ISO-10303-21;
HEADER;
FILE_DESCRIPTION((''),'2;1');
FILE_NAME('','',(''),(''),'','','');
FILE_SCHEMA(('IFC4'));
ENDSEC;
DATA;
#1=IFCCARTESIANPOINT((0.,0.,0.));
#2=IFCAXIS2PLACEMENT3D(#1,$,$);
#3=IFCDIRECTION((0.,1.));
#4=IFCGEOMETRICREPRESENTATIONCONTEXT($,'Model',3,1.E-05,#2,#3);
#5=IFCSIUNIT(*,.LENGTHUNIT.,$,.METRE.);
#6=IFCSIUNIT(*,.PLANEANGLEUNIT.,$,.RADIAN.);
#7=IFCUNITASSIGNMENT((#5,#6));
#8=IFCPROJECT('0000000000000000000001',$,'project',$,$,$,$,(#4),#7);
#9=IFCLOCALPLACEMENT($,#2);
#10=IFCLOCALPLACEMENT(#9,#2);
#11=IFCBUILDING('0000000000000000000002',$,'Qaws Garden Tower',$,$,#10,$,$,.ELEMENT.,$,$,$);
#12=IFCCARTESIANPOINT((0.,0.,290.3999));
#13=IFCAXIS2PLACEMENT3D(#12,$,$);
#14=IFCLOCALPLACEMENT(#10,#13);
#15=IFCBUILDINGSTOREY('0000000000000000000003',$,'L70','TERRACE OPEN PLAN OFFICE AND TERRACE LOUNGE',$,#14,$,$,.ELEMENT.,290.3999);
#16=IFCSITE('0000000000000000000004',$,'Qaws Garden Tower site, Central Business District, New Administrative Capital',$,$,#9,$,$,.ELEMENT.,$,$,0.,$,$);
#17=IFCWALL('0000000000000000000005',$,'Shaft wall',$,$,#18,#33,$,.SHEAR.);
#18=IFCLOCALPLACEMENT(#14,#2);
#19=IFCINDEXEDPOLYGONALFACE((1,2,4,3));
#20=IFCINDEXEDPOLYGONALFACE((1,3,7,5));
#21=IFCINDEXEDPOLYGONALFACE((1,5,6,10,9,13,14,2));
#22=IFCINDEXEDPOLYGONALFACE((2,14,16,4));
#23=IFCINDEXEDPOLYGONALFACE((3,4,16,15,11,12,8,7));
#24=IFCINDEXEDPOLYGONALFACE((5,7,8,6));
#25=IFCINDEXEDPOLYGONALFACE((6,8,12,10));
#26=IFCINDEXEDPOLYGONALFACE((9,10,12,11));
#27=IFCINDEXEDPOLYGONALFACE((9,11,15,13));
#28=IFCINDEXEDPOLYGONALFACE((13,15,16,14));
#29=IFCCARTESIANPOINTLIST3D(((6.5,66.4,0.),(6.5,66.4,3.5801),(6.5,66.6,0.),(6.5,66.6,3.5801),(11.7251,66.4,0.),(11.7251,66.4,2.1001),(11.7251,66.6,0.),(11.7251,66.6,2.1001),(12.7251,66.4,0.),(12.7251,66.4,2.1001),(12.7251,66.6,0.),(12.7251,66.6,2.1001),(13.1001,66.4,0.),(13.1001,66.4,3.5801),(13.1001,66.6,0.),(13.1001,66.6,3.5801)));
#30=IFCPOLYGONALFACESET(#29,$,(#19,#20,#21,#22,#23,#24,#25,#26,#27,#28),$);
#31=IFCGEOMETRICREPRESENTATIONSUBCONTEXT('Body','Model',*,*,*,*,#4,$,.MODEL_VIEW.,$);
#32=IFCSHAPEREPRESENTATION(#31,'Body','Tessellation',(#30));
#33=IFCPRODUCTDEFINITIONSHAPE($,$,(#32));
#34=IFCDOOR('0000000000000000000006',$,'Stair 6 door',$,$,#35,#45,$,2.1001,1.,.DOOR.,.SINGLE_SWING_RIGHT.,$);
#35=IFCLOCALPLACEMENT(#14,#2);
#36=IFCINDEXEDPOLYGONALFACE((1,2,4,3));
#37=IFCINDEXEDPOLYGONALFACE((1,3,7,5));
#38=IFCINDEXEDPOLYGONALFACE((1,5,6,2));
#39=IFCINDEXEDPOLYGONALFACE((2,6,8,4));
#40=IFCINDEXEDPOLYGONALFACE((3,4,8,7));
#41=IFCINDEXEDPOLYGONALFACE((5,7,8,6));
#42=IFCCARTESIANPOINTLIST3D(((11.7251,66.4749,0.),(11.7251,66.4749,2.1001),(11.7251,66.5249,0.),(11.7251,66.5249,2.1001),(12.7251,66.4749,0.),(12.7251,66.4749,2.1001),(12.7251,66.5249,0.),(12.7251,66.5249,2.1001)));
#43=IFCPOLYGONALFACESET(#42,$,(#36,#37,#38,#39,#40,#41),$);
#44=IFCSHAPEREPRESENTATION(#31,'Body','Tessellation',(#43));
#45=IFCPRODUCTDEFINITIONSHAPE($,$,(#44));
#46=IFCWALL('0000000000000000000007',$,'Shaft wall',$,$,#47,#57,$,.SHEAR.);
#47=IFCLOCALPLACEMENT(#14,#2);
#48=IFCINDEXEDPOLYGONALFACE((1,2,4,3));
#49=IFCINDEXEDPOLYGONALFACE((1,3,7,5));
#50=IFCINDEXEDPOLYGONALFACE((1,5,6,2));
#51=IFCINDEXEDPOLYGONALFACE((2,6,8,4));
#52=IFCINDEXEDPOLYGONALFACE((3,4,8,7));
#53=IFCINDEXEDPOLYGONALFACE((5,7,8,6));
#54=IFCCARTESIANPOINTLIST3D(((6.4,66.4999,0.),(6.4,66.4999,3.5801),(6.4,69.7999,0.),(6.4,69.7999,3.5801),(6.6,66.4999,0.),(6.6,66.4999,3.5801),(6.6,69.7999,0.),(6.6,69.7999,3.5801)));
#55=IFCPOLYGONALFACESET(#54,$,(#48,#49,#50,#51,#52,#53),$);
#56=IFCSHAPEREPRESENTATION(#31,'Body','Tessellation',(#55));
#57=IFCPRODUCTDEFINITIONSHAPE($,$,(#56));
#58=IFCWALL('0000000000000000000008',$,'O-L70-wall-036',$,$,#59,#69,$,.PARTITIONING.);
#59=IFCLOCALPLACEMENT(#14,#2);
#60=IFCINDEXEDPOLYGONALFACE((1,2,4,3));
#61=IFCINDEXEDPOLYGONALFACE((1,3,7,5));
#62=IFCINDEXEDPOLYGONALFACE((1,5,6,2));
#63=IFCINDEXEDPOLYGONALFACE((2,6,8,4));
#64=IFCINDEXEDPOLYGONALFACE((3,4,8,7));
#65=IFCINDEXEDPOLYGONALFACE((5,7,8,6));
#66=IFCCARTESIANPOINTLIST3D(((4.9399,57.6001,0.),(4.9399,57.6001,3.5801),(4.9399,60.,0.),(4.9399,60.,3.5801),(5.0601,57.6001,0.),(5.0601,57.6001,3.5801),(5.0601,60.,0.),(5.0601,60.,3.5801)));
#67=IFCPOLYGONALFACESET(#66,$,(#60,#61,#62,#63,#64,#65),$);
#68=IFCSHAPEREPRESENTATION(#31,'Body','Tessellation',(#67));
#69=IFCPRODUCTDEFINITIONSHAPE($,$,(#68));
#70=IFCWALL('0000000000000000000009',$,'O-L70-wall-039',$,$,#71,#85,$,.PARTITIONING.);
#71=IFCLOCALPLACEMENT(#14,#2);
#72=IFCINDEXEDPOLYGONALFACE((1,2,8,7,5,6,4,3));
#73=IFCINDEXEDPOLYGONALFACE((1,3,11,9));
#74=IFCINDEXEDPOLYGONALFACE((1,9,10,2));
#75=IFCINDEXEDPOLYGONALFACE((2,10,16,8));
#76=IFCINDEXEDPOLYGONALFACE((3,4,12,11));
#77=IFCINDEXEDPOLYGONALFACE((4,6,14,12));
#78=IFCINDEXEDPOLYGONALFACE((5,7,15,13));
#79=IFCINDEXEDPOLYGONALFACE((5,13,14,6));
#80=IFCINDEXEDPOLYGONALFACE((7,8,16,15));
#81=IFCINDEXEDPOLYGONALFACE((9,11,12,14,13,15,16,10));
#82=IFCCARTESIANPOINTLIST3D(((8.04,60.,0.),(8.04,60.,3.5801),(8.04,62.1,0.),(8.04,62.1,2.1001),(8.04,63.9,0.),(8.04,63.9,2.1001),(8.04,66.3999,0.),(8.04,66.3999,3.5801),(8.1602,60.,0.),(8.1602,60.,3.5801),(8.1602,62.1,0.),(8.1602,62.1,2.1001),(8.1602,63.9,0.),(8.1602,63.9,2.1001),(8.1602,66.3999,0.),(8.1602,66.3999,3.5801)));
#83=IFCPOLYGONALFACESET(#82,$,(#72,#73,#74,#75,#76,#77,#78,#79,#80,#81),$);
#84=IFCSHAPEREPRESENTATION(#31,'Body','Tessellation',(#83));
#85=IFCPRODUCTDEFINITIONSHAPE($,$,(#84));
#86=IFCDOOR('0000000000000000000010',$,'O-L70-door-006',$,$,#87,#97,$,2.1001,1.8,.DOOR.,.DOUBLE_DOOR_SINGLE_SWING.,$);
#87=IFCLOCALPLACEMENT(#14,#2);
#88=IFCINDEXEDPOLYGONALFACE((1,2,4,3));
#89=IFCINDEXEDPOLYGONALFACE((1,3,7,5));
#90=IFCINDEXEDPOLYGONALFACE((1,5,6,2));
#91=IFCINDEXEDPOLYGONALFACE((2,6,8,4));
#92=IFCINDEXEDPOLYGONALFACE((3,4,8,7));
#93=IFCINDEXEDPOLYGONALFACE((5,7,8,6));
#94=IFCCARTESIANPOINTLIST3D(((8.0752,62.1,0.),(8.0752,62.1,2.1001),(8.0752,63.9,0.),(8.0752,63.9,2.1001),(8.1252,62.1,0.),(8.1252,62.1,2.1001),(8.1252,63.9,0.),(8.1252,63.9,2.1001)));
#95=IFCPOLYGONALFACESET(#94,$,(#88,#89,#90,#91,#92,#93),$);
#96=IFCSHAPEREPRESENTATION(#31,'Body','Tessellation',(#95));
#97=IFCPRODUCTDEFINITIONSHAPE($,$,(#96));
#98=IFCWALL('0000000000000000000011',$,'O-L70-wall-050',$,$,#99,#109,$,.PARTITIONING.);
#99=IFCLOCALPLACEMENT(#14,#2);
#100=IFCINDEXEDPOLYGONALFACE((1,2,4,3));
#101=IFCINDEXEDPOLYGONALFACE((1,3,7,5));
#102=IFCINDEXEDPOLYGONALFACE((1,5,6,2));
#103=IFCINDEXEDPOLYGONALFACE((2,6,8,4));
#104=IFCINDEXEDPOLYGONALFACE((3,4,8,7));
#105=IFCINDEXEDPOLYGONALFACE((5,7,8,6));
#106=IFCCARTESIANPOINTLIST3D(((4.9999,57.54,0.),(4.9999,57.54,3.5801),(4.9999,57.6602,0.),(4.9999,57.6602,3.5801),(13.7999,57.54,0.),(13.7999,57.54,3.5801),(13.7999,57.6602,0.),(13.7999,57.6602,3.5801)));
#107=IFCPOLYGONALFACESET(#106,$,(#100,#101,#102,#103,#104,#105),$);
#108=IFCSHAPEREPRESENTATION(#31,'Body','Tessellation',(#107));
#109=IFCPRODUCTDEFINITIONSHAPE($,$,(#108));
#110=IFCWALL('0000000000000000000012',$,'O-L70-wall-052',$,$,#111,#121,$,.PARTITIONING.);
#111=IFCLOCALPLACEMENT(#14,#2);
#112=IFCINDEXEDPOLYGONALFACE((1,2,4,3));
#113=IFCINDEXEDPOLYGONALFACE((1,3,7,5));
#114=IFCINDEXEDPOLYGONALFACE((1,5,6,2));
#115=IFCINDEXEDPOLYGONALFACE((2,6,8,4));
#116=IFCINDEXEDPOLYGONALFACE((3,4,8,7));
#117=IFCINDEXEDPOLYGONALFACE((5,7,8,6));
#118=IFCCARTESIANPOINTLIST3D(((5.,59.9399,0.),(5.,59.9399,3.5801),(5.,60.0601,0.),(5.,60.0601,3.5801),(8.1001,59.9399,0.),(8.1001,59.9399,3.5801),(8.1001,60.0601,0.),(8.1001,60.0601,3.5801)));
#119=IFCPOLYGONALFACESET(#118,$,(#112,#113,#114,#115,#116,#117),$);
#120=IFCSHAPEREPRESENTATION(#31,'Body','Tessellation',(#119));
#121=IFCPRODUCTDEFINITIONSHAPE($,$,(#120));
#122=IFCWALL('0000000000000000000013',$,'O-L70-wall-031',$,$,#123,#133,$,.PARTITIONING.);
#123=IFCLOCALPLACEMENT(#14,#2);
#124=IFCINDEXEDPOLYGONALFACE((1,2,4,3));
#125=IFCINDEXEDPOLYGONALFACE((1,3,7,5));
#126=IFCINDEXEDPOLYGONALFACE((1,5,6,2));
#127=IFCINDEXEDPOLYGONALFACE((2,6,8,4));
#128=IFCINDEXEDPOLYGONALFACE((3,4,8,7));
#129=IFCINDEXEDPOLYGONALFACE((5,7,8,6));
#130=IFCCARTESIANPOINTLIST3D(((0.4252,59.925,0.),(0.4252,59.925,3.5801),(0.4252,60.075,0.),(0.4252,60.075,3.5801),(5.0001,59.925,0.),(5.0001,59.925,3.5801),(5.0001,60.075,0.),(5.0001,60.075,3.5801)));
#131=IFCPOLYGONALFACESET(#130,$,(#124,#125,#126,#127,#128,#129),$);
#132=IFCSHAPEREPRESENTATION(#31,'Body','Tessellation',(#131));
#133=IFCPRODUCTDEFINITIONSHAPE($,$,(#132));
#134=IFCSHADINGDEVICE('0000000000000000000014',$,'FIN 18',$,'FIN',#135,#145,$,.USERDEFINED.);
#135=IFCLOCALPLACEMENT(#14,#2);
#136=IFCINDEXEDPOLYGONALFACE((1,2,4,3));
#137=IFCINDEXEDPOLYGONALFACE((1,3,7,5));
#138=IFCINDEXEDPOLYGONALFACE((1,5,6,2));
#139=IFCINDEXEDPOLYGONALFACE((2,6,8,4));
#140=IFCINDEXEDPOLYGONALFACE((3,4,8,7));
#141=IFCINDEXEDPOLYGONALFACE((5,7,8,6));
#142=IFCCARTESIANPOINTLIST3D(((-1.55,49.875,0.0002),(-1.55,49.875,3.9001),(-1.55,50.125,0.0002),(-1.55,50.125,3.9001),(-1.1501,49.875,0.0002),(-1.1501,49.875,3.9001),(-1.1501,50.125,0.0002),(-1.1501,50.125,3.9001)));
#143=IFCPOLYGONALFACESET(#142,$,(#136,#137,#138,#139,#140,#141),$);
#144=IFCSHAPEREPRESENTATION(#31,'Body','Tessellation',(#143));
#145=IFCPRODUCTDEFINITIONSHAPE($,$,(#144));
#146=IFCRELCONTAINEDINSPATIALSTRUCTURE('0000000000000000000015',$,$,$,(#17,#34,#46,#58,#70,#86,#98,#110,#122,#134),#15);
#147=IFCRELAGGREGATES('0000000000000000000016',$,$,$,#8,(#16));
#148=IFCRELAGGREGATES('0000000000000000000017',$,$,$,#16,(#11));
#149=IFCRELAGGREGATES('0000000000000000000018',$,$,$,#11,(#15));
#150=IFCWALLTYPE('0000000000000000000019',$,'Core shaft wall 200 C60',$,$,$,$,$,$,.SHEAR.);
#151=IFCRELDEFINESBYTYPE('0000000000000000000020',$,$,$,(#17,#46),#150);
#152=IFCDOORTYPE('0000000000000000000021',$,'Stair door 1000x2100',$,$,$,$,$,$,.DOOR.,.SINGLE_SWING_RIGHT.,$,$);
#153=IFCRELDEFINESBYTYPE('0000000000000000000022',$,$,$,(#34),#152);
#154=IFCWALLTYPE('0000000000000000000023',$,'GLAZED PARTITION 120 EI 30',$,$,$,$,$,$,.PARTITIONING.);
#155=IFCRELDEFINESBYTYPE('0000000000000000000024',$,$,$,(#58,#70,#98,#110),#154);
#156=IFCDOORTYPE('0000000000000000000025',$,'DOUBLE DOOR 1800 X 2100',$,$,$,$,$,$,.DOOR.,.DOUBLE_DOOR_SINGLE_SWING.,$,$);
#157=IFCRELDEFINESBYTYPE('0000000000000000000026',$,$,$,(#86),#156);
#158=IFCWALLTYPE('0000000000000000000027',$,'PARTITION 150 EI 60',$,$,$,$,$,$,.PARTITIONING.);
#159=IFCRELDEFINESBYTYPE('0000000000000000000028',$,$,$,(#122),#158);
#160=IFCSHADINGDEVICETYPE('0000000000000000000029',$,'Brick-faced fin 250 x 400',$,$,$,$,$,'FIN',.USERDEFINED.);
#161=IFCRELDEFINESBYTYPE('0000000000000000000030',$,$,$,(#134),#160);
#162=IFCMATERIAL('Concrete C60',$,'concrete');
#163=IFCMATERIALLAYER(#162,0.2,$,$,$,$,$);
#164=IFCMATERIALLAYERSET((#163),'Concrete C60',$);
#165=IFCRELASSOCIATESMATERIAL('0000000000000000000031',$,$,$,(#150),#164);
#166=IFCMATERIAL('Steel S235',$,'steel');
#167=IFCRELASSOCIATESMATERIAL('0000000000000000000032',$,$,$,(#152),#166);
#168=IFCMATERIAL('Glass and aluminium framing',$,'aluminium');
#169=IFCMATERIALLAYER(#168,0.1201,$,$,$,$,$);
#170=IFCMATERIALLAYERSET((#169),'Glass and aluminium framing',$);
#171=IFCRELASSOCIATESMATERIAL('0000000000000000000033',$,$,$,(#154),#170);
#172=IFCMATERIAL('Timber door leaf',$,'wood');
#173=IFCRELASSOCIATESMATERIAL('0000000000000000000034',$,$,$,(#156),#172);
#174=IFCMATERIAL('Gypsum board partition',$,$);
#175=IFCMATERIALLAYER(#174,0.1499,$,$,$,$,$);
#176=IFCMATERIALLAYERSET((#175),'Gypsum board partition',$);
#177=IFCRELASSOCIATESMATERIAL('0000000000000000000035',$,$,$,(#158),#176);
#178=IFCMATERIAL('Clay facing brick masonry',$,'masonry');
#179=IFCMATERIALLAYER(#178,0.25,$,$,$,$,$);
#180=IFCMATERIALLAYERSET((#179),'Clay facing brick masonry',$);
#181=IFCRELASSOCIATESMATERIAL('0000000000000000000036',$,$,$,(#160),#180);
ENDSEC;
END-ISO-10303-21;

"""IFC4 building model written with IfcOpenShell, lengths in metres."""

from ifc_helpers import new_model, si_unit, direction, frame, frame_2d, origin, origin_2d, place, context, subcontext, project, spatial, rectangle, extrude, material, layer, layer_set, type_object, element, fill, save


model = new_model("IFC4")

# Units and contexts
model_context = context("Model", 3, precision=1e-05, world=origin(), true_north=direction((0.0, 1.0)))
body_context = subcontext(model_context, "Body", "Model", "MODEL_VIEW")
ifc_project = project(units=[si_unit("LENGTHUNIT", "METRE"), si_unit("PLANEANGLEUNIT", "RADIAN")], contexts=[model_context])

# Site, building, storey
site_placement = place(None, origin())
site = spatial("IfcSite", under=ifc_project, at=site_placement, Name="Qaws Garden Tower site, Central Business District, New Administrative Capital", CompositionType="ELEMENT", RefElevation=0.0)
building_placement = place(site_placement, origin())
building = spatial("IfcBuilding", under=site, at=building_placement, Name="Qaws Garden Tower", CompositionType="ELEMENT")
storey_placement = place(building_placement, frame((0.0, 0.0, 290.3999)))
storey = spatial("IfcBuildingStorey", under=building, at=storey_placement, Name="L70", Description="TERRACE OPEN PLAN OFFICE AND TERRACE LOUNGE", CompositionType="ELEMENT", Elevation=290.3999)

# Wall, opening, door
ifc_material_1 = material(Name="Concrete C60", Category="concrete")
ifc_layer_1 = layer(ifc_material_1, 0.2)
ifc_layer_set_1 = layer_set([ifc_layer_1], Name="Concrete C60")
wall_type_1 = type_object("IfcWallType", Name="Core shaft wall 200 C60", PredefinedType="SHEAR", material=ifc_layer_set_1)
wall_1_placement = place(storey_placement, frame((6.5, 66.5, 0.0), z_axis=(0.0, 0.0, 1.0), x_axis=(1.0, 0.0, 0.0)))
wall_1 = element("IfcWall", 1, at=wall_1_placement, inside=storey, type_object=wall_type_1, Name="Shaft wall", PredefinedType="SHEAR", context=body_context, shape_type="SweptSolid", body=[
    extrude(rectangle(XDim=6.6001, YDim=0.2, at=frame_2d((3.3, 0.0))), origin(), (0.0, 0.0, 1.0), 3.5801),
])
opening_1_placement = place(wall_1_placement, frame((5.2251, 0.0, 0.0)))
opening_1 = element("IfcOpeningElement", 2, at=opening_1_placement, cuts=wall_1, PredefinedType="OPENING", context=body_context, shape_type="SweptSolid", body=[
    extrude(rectangle(XDim=1.0, YDim=2.1001, at=frame_2d((0.5, 1.05))), frame((0.0, 0.1099, 0.0), z_axis=(0.0, -1.0, 0.0), x_axis=(1.0, 0.0, 0.0)), (0.0, 0.0, 1.0), 0.22),
])
ifc_material_2 = material(Name="Steel S235", Category="steel")
door_type_1 = type_object("IfcDoorType", Name="Stair door 1000x2100", OperationType="SINGLE_SWING_RIGHT", PredefinedType="DOOR", material=ifc_material_2)
door_1_placement = place(opening_1_placement, origin())
door_1 = element("IfcDoor", 3, at=door_1_placement, inside=storey, type_object=door_type_1, Name="Stair 6 door", OperationType="SINGLE_SWING_RIGHT", OverallHeight=2.1001, OverallWidth=1.0, PredefinedType="DOOR", context=body_context, shape_type="SweptSolid", body=[
    extrude(rectangle(XDim=1.0, YDim=2.1001, at=frame_2d((0.5, 1.05))), frame((0.0, 0.0249, 0.0), z_axis=(0.0, -1.0, 0.0), x_axis=(1.0, 0.0, 0.0)), (0.0, 0.0, 1.0), 0.05),
])
fill(opening_1, door_1)

# Walls
wall_2_placement = place(storey_placement, frame((6.5, 66.5, 0.0), z_axis=(0.0, 0.0, 1.0), x_axis=(0.0, 1.0, 0.0)))
element("IfcWall", 4, at=wall_2_placement, inside=storey, type_object=wall_type_1, Name="Shaft wall", PredefinedType="SHEAR", context=body_context, shape_type="SweptSolid", body=[
    extrude(rectangle(XDim=3.3, YDim=0.2, at=frame_2d((1.6499, 0.0))), origin(), (0.0, 0.0, 1.0), 3.5801),
])
ifc_material_3 = material(Name="Glass and aluminium framing", Category="aluminium")
ifc_layer_2 = layer(ifc_material_3, 0.1201)
ifc_layer_set_2 = layer_set([ifc_layer_2], Name="Glass and aluminium framing")
wall_type_2 = type_object("IfcWallType", Name="GLAZED PARTITION 120 EI 30", PredefinedType="PARTITIONING", material=ifc_layer_set_2)
wall_3_placement = place(storey_placement, frame((5.0, 57.6001, 0.0), z_axis=(0.0, 0.0, 1.0), x_axis=(0.0, 1.0, 0.0)))
element("IfcWall", 5, at=wall_3_placement, inside=storey, type_object=wall_type_2, Name="O-L70-wall-036", PredefinedType="PARTITIONING", context=body_context, shape_type="SweptSolid", body=[
    extrude(rectangle(XDim=2.3999, YDim=0.1201, at=frame_2d((1.2, 0.0))), origin(), (0.0, 0.0, 1.0), 3.5801),
])

# Wall, opening, door
wall_4_placement = place(storey_placement, frame((8.1001, 60.0, 0.0), z_axis=(0.0, 0.0, 1.0), x_axis=(0.0, 1.0, 0.0)))
wall_4 = element("IfcWall", 6, at=wall_4_placement, inside=storey, type_object=wall_type_2, Name="O-L70-wall-039", PredefinedType="PARTITIONING", context=body_context, shape_type="SweptSolid", body=[
    extrude(rectangle(XDim=6.3999, YDim=0.1201, at=frame_2d((3.2, 0.0))), origin(), (0.0, 0.0, 1.0), 3.5801),
])
opening_2_placement = place(wall_4_placement, frame((2.1001, 0.0, 0.0)))
opening_2 = element("IfcOpeningElement", 7, at=opening_2_placement, cuts=wall_4, PredefinedType="OPENING", context=body_context, shape_type="SweptSolid", body=[
    extrude(rectangle(XDim=1.8, YDim=2.1001, at=frame_2d((0.8999, 1.05))), frame((0.0, 0.0701, 0.0), z_axis=(0.0, -1.0, 0.0), x_axis=(1.0, 0.0, 0.0)), (0.0, 0.0, 1.0), 0.1401),
])
ifc_material_4 = material(Name="Timber door leaf", Category="wood")
door_type_2 = type_object("IfcDoorType", Name="DOUBLE DOOR 1800 X 2100", OperationType="DOUBLE_DOOR_SINGLE_SWING", PredefinedType="DOOR", material=ifc_material_4)
door_2_placement = place(opening_2_placement, origin())
door_2 = element("IfcDoor", 8, at=door_2_placement, inside=storey, type_object=door_type_2, Name="O-L70-door-006", OperationType="DOUBLE_DOOR_SINGLE_SWING", OverallHeight=2.1001, OverallWidth=1.8, PredefinedType="DOOR", context=body_context, shape_type="SweptSolid", body=[
    extrude(rectangle(XDim=1.8, YDim=2.1001, at=frame_2d((0.8999, 1.05))), frame((0.0, 0.0249, 0.0), z_axis=(0.0, -1.0, 0.0), x_axis=(1.0, 0.0, 0.0)), (0.0, 0.0, 1.0), 0.05),
])
fill(opening_2, door_2)

# Walls
wall_5_placement = place(storey_placement, frame((5.0, 57.6001, 0.0), z_axis=(0.0, 0.0, 1.0), x_axis=(1.0, 0.0, 0.0)))
element("IfcWall", 9, at=wall_5_placement, inside=storey, type_object=wall_type_2, Name="O-L70-wall-050", PredefinedType="PARTITIONING", context=body_context, shape_type="SweptSolid", body=[
    extrude(rectangle(XDim=8.8, YDim=0.1201, at=frame_2d((4.3999, 0.0))), origin(), (0.0, 0.0, 1.0), 3.5801),
])
wall_6_placement = place(storey_placement, frame((5.0, 60.0, 0.0), z_axis=(0.0, 0.0, 1.0), x_axis=(1.0, 0.0, 0.0)))
element("IfcWall", 10, at=wall_6_placement, inside=storey, type_object=wall_type_2, Name="O-L70-wall-052", PredefinedType="PARTITIONING", context=body_context, shape_type="SweptSolid", body=[
    extrude(rectangle(XDim=3.1001, YDim=0.1201, at=frame_2d((1.55, 0.0))), origin(), (0.0, 0.0, 1.0), 3.5801),
])
ifc_material_5 = material(Name="Gypsum board partition")
ifc_layer_3 = layer(ifc_material_5, 0.1499)
ifc_layer_set_3 = layer_set([ifc_layer_3], Name="Gypsum board partition")
wall_type_3 = type_object("IfcWallType", Name="PARTITION 150 EI 60", PredefinedType="PARTITIONING", material=ifc_layer_set_3)
wall_7_placement = place(storey_placement, frame((0.425, 60.0, 0.0), z_axis=(0.0, 0.0, 1.0), x_axis=(1.0, 0.0, 0.0)))
element("IfcWall", 11, at=wall_7_placement, inside=storey, type_object=wall_type_3, Name="O-L70-wall-031", PredefinedType="PARTITIONING", context=body_context, shape_type="SweptSolid", body=[
    extrude(rectangle(XDim=4.575, YDim=0.1499, at=frame_2d((2.2876, 0.0))), origin(), (0.0, 0.0, 1.0), 3.5801),
])

# Shading device
ifc_material_6 = material(Name="Clay facing brick masonry", Category="masonry")
ifc_layer_4 = layer(ifc_material_6, 0.25)
ifc_layer_set_4 = layer_set([ifc_layer_4], Name="Clay facing brick masonry")
shading_device_type = type_object("IfcShadingDeviceType", Name="Brick-faced fin 250 x 400", ElementType="FIN", PredefinedType="USERDEFINED", material=ifc_layer_set_4)
shading_device_placement = place(storey_placement, frame((-1.3501, 50.0, 0.0002), z_axis=(0.0, 0.0, 1.0), x_axis=(0.0, -1.0, 0.0)))
element("IfcShadingDevice", 12, at=shading_device_placement, inside=storey, type_object=shading_device_type, Name="FIN 18", ObjectType="FIN", PredefinedType="USERDEFINED", context=body_context, shape_type="SweptSolid", body=[
    extrude(rectangle(XDim=0.25, YDim=0.3999, at=origin_2d()), origin(), (0.0, 0.0, 1.0), 3.8999),
])

save(model, "model.ifc")
